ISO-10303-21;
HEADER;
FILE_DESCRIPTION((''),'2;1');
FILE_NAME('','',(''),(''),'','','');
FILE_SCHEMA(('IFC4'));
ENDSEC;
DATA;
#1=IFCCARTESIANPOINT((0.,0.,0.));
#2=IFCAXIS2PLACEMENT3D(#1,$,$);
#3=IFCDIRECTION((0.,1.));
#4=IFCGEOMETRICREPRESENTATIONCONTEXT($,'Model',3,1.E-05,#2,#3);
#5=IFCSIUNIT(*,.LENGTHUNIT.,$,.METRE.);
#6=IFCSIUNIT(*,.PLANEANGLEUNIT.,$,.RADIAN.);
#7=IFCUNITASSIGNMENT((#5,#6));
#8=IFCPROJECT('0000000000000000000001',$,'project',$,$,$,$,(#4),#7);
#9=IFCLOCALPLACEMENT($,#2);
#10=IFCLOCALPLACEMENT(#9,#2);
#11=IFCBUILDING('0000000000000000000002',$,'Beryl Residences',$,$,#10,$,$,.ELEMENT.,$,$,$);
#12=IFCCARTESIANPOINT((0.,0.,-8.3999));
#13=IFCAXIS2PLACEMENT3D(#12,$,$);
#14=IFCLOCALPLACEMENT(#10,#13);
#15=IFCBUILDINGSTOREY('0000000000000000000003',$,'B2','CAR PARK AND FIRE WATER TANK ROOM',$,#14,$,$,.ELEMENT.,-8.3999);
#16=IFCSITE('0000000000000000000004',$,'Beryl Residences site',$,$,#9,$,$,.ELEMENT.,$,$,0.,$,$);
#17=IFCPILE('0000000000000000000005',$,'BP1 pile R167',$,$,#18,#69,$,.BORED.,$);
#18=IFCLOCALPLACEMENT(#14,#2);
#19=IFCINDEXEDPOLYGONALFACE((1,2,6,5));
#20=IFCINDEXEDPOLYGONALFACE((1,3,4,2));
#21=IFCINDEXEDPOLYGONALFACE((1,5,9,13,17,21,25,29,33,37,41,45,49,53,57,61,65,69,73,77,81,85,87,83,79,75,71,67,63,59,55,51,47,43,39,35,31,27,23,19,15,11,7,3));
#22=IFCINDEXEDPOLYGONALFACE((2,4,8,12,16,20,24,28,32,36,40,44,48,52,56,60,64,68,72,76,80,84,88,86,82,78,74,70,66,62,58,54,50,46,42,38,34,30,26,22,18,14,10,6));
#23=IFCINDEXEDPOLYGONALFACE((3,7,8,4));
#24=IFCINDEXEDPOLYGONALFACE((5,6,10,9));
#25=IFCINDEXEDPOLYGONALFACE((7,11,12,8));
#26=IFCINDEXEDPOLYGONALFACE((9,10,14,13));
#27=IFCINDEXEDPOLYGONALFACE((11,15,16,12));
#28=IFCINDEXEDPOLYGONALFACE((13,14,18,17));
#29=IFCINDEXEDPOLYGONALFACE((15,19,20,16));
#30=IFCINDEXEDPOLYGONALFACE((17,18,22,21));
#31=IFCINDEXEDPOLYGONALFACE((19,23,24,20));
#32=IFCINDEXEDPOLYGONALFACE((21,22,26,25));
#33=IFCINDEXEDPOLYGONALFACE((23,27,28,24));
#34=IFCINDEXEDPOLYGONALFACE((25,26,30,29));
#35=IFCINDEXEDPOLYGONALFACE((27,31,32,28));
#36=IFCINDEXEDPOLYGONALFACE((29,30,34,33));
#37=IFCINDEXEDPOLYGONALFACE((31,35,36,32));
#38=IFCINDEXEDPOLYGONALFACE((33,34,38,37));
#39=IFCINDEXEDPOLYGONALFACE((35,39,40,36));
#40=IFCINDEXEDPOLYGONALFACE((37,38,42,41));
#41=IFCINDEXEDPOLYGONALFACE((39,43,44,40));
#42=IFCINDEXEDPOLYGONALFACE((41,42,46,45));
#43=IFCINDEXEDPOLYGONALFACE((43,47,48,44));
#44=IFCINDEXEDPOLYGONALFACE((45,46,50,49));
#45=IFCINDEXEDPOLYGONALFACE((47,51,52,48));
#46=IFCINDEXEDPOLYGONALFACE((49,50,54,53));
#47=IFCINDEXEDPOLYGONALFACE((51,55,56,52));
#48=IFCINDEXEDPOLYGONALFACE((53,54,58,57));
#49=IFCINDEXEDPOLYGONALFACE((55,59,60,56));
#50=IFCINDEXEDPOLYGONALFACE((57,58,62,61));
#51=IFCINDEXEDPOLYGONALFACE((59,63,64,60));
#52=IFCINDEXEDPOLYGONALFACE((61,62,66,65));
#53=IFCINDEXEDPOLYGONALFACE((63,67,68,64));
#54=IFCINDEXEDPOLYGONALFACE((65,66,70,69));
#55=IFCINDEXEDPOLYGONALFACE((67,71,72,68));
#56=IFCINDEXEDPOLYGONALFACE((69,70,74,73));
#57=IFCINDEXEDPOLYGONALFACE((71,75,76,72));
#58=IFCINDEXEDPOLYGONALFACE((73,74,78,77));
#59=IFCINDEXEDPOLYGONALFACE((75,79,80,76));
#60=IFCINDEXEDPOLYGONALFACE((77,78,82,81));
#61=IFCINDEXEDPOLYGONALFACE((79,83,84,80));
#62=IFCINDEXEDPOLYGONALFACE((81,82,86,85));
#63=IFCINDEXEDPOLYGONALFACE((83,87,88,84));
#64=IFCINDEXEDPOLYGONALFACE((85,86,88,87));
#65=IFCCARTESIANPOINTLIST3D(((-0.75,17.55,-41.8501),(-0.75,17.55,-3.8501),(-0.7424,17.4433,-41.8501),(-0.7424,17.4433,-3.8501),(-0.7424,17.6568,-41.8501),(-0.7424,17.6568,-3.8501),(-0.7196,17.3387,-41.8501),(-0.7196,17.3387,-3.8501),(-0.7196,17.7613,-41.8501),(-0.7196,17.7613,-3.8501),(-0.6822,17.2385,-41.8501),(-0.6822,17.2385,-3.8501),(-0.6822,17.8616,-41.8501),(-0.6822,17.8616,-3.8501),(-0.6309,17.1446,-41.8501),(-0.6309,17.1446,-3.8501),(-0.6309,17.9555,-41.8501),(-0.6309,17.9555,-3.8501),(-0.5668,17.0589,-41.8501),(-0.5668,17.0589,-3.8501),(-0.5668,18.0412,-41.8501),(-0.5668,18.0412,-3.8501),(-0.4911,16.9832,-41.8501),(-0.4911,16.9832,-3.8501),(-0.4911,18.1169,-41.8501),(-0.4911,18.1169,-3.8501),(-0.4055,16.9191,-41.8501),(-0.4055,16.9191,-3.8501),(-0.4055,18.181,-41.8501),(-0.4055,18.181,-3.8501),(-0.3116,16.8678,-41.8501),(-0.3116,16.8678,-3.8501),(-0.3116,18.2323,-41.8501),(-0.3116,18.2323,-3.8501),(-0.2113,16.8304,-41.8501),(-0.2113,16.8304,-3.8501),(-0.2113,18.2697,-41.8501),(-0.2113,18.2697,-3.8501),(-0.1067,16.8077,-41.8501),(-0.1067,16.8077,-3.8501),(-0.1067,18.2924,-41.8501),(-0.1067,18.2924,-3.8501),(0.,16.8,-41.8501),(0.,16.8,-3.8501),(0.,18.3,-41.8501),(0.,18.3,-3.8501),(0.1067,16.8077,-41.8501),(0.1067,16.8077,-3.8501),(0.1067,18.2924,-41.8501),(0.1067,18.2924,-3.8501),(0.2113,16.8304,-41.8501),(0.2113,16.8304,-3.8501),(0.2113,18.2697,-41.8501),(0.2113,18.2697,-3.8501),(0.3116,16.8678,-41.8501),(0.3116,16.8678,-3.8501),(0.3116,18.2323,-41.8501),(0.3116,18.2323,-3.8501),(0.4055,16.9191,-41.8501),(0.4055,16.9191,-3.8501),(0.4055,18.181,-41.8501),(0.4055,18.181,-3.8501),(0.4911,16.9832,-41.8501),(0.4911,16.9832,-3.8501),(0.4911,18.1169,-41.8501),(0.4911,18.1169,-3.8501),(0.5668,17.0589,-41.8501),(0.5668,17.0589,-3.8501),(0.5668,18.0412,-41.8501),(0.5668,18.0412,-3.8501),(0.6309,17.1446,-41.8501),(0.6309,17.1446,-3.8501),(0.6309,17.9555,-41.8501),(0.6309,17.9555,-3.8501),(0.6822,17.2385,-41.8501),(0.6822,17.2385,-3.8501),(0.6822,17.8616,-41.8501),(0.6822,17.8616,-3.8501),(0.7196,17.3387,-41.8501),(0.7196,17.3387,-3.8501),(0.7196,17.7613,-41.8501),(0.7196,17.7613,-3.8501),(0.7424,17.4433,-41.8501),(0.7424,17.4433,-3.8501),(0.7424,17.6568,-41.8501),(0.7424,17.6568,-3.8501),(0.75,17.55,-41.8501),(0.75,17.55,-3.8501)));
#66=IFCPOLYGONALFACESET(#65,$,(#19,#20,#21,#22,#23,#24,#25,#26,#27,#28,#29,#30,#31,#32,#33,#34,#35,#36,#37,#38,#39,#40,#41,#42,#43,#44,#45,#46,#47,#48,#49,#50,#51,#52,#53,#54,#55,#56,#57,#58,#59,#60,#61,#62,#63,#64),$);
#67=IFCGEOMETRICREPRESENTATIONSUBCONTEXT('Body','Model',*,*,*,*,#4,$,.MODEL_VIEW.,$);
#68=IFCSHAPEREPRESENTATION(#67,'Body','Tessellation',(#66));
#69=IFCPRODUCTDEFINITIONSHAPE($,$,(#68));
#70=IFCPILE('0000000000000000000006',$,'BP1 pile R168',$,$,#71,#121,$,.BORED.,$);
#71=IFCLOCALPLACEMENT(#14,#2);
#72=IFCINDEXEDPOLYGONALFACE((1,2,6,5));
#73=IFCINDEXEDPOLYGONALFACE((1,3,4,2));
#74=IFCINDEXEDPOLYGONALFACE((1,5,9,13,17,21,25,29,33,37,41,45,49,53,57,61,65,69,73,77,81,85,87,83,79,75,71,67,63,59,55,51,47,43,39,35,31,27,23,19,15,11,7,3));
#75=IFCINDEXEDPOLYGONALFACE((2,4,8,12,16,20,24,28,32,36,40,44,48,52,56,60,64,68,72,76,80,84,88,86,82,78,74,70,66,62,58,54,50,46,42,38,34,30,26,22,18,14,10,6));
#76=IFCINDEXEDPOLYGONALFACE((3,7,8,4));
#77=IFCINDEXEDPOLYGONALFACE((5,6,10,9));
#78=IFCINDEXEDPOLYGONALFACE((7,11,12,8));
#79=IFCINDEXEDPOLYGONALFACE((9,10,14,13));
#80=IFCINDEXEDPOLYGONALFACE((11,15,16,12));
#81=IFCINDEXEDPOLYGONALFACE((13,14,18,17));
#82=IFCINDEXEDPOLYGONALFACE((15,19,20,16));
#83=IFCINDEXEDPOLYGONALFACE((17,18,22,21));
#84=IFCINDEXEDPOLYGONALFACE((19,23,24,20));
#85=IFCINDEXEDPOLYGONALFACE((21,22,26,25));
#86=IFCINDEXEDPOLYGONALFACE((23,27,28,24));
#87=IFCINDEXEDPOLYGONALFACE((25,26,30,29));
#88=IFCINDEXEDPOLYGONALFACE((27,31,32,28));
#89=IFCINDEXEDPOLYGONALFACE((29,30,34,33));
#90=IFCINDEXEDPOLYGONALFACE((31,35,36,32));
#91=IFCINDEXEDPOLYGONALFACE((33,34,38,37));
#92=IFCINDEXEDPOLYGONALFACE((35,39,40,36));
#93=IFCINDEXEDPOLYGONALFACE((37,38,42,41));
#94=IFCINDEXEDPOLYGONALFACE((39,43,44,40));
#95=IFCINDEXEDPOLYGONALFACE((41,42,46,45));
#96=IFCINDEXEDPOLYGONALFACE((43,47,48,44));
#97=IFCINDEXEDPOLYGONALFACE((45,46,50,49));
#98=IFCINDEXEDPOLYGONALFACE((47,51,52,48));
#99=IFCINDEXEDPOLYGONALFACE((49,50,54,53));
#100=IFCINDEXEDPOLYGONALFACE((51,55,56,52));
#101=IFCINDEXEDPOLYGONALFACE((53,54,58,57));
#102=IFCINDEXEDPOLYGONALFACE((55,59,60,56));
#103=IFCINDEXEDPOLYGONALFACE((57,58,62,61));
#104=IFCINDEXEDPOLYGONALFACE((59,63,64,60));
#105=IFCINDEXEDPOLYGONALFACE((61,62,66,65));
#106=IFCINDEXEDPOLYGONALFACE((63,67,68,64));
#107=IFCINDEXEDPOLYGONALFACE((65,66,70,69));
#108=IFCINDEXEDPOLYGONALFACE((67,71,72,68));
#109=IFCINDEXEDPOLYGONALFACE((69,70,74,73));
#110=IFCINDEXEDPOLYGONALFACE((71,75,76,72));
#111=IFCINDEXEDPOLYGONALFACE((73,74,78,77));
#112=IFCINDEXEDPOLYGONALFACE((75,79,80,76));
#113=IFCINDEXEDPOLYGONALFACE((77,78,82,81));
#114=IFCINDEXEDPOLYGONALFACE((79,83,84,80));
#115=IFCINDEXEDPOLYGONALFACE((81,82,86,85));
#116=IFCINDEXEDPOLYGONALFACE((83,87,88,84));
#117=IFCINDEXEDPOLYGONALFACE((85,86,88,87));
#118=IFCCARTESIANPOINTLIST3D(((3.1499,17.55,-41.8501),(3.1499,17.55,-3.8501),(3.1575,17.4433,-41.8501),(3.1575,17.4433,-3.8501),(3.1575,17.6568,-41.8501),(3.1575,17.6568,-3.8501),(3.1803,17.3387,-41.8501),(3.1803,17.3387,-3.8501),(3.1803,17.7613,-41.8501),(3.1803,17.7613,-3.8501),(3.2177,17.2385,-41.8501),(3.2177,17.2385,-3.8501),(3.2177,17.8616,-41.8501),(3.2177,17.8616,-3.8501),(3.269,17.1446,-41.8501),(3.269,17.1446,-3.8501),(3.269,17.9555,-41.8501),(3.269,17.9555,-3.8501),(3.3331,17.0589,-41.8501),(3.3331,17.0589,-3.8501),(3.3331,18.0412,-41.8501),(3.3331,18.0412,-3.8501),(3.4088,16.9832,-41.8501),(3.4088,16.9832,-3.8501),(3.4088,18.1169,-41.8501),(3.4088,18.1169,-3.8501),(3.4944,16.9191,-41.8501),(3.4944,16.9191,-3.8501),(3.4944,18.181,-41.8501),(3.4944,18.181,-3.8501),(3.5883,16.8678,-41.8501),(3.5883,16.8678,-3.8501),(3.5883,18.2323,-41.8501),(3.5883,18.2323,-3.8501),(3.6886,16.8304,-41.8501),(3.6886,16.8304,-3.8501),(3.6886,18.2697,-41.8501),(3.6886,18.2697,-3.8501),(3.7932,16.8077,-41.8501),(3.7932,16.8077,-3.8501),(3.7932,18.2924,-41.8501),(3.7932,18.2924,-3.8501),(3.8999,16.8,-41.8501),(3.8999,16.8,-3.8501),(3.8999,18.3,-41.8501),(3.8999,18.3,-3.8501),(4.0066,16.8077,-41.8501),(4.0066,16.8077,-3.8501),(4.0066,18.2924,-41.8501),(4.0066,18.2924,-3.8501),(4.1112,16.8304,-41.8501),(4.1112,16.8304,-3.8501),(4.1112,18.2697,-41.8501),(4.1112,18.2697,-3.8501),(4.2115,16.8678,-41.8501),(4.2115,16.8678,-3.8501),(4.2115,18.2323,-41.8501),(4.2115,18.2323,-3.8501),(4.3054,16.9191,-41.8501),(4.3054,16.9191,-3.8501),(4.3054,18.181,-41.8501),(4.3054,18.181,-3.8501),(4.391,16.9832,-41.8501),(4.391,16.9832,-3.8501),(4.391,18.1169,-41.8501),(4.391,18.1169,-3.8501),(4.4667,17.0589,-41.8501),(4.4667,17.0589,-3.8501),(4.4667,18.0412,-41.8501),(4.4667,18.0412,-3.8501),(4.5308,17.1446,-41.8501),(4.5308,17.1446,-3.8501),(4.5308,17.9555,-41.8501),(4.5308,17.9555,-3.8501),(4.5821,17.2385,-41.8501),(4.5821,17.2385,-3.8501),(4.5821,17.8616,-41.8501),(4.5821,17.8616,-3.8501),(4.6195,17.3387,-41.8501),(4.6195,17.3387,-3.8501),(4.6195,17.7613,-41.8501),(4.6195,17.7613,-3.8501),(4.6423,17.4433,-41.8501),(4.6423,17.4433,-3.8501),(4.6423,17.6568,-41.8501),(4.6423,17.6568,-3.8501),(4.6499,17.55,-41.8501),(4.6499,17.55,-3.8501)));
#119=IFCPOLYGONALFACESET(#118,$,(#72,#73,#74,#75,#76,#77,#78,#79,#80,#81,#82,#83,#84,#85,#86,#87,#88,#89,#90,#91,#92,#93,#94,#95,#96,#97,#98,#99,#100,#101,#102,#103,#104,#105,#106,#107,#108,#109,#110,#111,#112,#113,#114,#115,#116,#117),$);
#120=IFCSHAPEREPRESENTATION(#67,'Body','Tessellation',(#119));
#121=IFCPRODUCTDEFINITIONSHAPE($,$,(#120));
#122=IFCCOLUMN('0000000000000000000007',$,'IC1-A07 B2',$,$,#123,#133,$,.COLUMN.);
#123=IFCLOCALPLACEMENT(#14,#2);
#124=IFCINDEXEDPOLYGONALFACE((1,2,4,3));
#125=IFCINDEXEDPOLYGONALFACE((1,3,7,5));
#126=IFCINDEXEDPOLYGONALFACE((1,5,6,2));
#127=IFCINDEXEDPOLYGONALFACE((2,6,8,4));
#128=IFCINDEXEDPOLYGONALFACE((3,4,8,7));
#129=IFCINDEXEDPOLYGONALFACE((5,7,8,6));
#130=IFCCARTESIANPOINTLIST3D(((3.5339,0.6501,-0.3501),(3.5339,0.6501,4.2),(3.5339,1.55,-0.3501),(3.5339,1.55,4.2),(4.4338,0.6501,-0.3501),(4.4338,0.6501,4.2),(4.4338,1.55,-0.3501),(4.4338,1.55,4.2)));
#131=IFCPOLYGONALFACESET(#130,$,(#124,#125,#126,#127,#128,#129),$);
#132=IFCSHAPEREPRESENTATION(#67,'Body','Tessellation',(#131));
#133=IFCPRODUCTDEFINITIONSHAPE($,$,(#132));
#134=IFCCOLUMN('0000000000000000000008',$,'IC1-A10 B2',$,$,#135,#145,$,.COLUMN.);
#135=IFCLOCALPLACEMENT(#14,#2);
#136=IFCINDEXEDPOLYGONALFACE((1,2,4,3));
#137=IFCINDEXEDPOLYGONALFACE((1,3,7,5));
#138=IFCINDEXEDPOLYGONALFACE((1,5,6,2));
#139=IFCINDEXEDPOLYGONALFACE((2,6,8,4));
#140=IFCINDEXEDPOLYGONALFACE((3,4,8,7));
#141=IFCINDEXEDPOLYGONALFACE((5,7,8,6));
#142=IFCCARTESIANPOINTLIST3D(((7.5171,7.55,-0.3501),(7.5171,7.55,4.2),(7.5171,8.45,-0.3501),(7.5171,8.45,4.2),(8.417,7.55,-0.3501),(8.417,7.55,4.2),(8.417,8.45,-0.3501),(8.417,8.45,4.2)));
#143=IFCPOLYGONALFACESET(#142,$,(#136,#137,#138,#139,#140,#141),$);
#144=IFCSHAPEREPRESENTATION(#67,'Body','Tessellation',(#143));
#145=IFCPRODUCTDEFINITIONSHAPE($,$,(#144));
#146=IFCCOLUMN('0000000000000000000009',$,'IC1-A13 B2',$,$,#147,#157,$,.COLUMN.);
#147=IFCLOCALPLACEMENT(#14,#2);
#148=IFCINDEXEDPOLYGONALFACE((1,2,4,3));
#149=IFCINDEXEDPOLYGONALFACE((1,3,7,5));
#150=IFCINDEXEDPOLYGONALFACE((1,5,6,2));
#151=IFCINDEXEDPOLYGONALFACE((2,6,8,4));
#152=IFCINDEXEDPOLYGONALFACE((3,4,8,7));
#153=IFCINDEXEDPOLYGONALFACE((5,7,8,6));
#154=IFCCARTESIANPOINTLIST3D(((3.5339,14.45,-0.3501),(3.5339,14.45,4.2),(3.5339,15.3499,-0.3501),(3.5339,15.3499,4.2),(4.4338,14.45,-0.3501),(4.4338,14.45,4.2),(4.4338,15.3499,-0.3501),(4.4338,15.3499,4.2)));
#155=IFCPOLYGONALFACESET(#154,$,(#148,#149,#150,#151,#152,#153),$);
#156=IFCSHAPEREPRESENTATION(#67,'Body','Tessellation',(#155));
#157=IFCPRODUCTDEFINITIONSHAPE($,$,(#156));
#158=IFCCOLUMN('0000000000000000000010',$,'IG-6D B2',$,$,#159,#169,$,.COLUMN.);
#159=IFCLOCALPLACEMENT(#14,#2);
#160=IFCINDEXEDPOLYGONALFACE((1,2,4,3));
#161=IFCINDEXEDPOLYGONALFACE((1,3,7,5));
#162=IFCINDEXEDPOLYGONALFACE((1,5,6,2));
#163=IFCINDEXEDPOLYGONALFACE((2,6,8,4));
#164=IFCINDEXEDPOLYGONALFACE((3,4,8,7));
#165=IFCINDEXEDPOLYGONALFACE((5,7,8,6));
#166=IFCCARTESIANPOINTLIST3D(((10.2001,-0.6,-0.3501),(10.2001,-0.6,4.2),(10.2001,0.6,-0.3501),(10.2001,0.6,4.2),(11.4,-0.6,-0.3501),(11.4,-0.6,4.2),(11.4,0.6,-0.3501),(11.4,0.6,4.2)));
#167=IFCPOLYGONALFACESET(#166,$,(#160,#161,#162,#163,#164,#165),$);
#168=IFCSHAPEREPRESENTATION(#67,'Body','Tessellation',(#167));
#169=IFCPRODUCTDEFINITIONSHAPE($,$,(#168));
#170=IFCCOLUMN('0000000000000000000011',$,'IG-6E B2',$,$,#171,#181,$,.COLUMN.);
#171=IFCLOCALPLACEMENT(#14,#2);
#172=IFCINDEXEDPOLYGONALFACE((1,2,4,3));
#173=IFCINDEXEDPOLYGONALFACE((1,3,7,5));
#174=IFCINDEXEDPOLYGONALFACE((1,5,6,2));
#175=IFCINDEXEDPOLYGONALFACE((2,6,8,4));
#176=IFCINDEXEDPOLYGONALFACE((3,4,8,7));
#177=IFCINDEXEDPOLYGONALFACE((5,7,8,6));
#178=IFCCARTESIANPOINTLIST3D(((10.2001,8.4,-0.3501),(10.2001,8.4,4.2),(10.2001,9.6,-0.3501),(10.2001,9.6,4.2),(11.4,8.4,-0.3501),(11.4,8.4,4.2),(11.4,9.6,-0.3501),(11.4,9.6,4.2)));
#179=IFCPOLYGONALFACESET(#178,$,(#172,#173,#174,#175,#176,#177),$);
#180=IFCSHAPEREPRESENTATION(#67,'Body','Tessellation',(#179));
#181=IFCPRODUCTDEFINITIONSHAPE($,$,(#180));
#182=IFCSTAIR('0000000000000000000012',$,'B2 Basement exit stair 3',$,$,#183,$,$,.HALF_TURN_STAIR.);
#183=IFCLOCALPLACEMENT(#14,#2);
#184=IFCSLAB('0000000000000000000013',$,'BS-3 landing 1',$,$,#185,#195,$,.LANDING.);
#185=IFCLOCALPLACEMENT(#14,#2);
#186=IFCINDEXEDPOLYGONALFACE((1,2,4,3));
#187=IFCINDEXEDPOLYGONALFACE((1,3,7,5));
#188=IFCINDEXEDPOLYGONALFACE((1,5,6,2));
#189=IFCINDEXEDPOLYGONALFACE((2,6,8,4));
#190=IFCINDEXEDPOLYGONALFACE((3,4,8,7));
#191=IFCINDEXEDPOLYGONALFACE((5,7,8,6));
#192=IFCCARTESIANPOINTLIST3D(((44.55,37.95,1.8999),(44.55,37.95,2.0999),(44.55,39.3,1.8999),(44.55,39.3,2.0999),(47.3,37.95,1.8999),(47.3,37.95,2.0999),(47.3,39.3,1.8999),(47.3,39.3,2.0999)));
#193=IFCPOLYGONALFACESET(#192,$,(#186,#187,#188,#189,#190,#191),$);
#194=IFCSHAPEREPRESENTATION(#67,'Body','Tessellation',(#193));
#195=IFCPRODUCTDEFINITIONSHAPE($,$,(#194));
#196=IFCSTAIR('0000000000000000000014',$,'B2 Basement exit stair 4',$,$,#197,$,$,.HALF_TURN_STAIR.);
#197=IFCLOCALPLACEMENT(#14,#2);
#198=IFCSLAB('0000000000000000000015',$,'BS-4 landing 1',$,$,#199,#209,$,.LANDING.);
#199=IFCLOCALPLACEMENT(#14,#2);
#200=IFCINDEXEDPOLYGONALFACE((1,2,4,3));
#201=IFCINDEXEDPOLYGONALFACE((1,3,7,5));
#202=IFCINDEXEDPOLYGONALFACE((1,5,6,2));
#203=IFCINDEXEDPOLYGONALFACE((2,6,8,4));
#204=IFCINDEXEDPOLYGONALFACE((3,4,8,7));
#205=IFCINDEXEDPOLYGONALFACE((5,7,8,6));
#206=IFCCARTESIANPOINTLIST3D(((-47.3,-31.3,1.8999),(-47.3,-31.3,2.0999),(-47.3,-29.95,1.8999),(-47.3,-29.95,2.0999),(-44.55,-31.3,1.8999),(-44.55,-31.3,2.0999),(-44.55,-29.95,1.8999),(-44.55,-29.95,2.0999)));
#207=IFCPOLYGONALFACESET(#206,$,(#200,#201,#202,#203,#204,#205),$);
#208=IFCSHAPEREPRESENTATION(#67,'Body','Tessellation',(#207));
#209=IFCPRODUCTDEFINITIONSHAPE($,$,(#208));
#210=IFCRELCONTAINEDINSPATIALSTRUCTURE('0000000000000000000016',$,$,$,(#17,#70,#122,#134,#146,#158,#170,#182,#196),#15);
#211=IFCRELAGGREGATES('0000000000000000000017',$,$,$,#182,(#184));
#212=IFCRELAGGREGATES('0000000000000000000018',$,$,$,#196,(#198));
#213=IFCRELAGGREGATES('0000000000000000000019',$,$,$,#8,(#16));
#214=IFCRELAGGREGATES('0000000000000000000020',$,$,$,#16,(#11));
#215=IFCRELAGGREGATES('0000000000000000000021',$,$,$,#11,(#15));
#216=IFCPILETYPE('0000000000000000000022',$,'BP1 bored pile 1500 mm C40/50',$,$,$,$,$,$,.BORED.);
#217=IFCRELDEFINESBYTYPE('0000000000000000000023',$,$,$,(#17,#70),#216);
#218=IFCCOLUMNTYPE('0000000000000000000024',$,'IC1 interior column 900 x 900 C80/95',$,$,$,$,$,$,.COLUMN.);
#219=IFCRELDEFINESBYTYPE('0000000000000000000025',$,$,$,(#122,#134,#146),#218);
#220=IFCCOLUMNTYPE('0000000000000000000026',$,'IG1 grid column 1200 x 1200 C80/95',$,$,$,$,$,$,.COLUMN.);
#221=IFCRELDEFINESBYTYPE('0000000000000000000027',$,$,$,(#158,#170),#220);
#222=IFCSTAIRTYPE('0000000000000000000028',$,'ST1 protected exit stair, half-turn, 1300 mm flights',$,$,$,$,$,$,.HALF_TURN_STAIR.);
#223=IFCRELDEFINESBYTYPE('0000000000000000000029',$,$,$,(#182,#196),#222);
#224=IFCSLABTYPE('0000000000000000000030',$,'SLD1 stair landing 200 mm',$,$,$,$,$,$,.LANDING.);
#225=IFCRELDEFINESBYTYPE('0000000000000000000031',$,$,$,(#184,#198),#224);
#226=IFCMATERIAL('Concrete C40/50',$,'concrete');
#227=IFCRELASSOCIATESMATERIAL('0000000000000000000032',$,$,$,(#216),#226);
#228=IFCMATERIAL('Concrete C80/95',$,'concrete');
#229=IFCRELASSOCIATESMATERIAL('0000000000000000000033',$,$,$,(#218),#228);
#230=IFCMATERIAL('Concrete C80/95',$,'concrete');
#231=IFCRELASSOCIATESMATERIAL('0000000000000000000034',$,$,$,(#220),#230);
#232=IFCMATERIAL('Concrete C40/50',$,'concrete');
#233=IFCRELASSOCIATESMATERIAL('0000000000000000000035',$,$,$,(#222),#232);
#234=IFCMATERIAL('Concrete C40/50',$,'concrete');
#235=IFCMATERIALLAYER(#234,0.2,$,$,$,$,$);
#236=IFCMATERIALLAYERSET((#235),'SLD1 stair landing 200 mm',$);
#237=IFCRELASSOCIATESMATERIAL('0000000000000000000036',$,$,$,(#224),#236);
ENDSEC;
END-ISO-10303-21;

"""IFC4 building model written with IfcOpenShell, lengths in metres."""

from ifc_helpers import new_model, si_unit, direction, frame, origin, origin_2d, place, context, subcontext, project, spatial, polyline, rectangle, circle, outline, extrude, material, layer, layer_set, material_profile, profile_set, type_object, element, aggregate, save


model = new_model("IFC4")

# Units and contexts
model_context = context("Model", 3, precision=1e-05, world=origin(), true_north=direction((0.0, 1.0)))
body_context = subcontext(model_context, "Body", "Model", "MODEL_VIEW")
ifc_project = project(units=[si_unit("LENGTHUNIT", "METRE"), si_unit("PLANEANGLEUNIT", "RADIAN")], contexts=[model_context])

# Site, building, storey
site_placement = place(None, origin())
site = spatial("IfcSite", under=ifc_project, at=site_placement, Name="Beryl Residences site", CompositionType="ELEMENT", RefElevation=0.0)
building_placement = place(site_placement, origin())
building = spatial("IfcBuilding", under=site, at=building_placement, Name="Beryl Residences", CompositionType="ELEMENT")
storey_placement = place(building_placement, frame((0.0, 0.0, -8.3999)))
storey = spatial("IfcBuildingStorey", under=building, at=storey_placement, Name="B2", Description="CAR PARK AND FIRE WATER TANK ROOM", CompositionType="ELEMENT", Elevation=-8.3999)

# Piles
ifc_material_1 = material(Name="Concrete C40/50", Category="concrete")
ifc_material_profile_1 = material_profile(ifc_material_1, circle(Radius=0.75, at=origin_2d()))
ifc_profile_set_1 = profile_set([ifc_material_profile_1], Name="Concrete C40/50")
pile_type = type_object("IfcPileType", Name="BP1 bored pile 1500 mm C40/50", PredefinedType="BORED", material=ifc_profile_set_1)
for number, where, z_axis, x_axis, name in (
    (1, (0.0, 17.55, -3.8501), (0.0, 0.0, -1.0), (1.0, 0.0, 0.0), "BP1 pile R167"),
    (2, (3.8999, 17.55, -3.8501), (0.0, 0.0, -1.0), (1.0, 0.0, 0.0), "BP1 pile R168"),
):
    element("IfcPile", number, at=place(storey_placement, frame(where, z_axis=z_axis, x_axis=x_axis)), inside=storey, type_object=pile_type, Name=name, PredefinedType="BORED", context=body_context, shape_type="SweptSolid", body=[
        extrude(circle(Radius=0.75, at=origin_2d()), origin(), (0.0, 0.0, 1.0), 38.0),
    ])

# Columns
ifc_material_2 = material(Name="Concrete C80/95", Category="concrete")
ifc_material_profile_2 = material_profile(ifc_material_2, rectangle(XDim=0.8999, YDim=0.8999, at=origin_2d()))
ifc_profile_set_2 = profile_set([ifc_material_profile_2], Name="Concrete C80/95")
column_type_1 = type_object("IfcColumnType", Name="IC1 interior column 900 x 900 C80/95", PredefinedType="COLUMN", material=ifc_profile_set_2)
for number, where, z_axis, x_axis, name in (
    (3, (3.9839, 1.1001, -0.3501), (0.0, 0.0, 1.0), (1.0, 0.0, 0.0), "IC1-A07 B2"),
    (4, (7.967, 8.0, -0.3501), (0.0, 0.0, 1.0), (1.0, 0.0, 0.0), "IC1-A10 B2"),
    (5, (3.9839, 14.8999, -0.3501), (0.0, 0.0, 1.0), (1.0, 0.0, 0.0), "IC1-A13 B2"),
):
    element("IfcColumn", number, at=place(storey_placement, frame(where, z_axis=z_axis, x_axis=x_axis)), inside=storey, type_object=column_type_1, Name=name, PredefinedType="COLUMN", context=body_context, shape_type="SweptSolid", body=[
        extrude(rectangle(XDim=0.8999, YDim=0.8999, at=origin_2d()), origin(), (0.0, 0.0, 1.0), 4.55),
    ])
ifc_material_3 = material(Name="Concrete C80/95", Category="concrete")
ifc_material_profile_3 = material_profile(ifc_material_3, rectangle(XDim=1.2, YDim=1.2, at=origin_2d()))
ifc_profile_set_3 = profile_set([ifc_material_profile_3], Name="Concrete C80/95")
column_type_2 = type_object("IfcColumnType", Name="IG1 grid column 1200 x 1200 C80/95", PredefinedType="COLUMN", material=ifc_profile_set_3)
for number, where, z_axis, x_axis, name in (
    (6, (10.8, 0.0, -0.3501), (0.0, 0.0, 1.0), (1.0, 0.0, 0.0), "IG-6D B2"),
    (7, (10.8, 9.0, -0.3501), (0.0, 0.0, 1.0), (1.0, 0.0, 0.0), "IG-6E B2"),
):
    element("IfcColumn", number, at=place(storey_placement, frame(where, z_axis=z_axis, x_axis=x_axis)), inside=storey, type_object=column_type_2, Name=name, PredefinedType="COLUMN", context=body_context, shape_type="SweptSolid", body=[
        extrude(rectangle(XDim=1.2, YDim=1.2, at=origin_2d()), origin(), (0.0, 0.0, 1.0), 4.55),
    ])

# Stairs, slabs
ifc_material_4 = material(Name="Concrete C40/50", Category="concrete")
stair_type = type_object("IfcStairType", Name="ST1 protected exit stair, half-turn, 1300 mm flights", PredefinedType="HALF_TURN_STAIR", material=ifc_material_4)
stair_1_placement = place(storey_placement, origin())
stair_1 = element("IfcStair", 8, at=stair_1_placement, inside=storey, type_object=stair_type, Name="B2 Basement exit stair 3", PredefinedType="HALF_TURN_STAIR")
ifc_material_5 = material(Name="Concrete C40/50", Category="concrete")
ifc_layer = layer(ifc_material_5, 0.2)
ifc_layer_set = layer_set([ifc_layer], Name="SLD1 stair landing 200 mm")
slab_type = type_object("IfcSlabType", Name="SLD1 stair landing 200 mm", PredefinedType="LANDING", material=ifc_layer_set)
slab_1_placement = place(storey_placement, frame((0.0, 0.0, 1.8999)))
slab_1 = element("IfcSlab", 9, at=slab_1_placement, type_object=slab_type, Name="BS-3 landing 1", PredefinedType="LANDING", context=body_context, shape_type="SweptSolid", body=[
    extrude(outline(polyline([(47.3, 37.95), (47.3, 39.3), (44.55, 39.3), (44.55, 37.95), (47.3, 37.95)])), origin(), (0.0, 0.0, 1.0), 0.2),
])
aggregate(stair_1, [slab_1])
stair_2_placement = place(storey_placement, origin())
stair_2 = element("IfcStair", 10, at=stair_2_placement, inside=storey, type_object=stair_type, Name="B2 Basement exit stair 4", PredefinedType="HALF_TURN_STAIR")
slab_2_placement = place(storey_placement, frame((0.0, 0.0, 1.8999)))
slab_2 = element("IfcSlab", 11, at=slab_2_placement, type_object=slab_type, Name="BS-4 landing 1", PredefinedType="LANDING", context=body_context, shape_type="SweptSolid", body=[
    extrude(outline(polyline([(-47.3, -29.95), (-47.3, -31.3), (-44.55, -31.3), (-44.55, -29.95), (-47.3, -29.95)])), origin(), (0.0, 0.0, 1.0), 0.2),
])
aggregate(stair_2, [slab_2])

save(model, "model.ifc")
